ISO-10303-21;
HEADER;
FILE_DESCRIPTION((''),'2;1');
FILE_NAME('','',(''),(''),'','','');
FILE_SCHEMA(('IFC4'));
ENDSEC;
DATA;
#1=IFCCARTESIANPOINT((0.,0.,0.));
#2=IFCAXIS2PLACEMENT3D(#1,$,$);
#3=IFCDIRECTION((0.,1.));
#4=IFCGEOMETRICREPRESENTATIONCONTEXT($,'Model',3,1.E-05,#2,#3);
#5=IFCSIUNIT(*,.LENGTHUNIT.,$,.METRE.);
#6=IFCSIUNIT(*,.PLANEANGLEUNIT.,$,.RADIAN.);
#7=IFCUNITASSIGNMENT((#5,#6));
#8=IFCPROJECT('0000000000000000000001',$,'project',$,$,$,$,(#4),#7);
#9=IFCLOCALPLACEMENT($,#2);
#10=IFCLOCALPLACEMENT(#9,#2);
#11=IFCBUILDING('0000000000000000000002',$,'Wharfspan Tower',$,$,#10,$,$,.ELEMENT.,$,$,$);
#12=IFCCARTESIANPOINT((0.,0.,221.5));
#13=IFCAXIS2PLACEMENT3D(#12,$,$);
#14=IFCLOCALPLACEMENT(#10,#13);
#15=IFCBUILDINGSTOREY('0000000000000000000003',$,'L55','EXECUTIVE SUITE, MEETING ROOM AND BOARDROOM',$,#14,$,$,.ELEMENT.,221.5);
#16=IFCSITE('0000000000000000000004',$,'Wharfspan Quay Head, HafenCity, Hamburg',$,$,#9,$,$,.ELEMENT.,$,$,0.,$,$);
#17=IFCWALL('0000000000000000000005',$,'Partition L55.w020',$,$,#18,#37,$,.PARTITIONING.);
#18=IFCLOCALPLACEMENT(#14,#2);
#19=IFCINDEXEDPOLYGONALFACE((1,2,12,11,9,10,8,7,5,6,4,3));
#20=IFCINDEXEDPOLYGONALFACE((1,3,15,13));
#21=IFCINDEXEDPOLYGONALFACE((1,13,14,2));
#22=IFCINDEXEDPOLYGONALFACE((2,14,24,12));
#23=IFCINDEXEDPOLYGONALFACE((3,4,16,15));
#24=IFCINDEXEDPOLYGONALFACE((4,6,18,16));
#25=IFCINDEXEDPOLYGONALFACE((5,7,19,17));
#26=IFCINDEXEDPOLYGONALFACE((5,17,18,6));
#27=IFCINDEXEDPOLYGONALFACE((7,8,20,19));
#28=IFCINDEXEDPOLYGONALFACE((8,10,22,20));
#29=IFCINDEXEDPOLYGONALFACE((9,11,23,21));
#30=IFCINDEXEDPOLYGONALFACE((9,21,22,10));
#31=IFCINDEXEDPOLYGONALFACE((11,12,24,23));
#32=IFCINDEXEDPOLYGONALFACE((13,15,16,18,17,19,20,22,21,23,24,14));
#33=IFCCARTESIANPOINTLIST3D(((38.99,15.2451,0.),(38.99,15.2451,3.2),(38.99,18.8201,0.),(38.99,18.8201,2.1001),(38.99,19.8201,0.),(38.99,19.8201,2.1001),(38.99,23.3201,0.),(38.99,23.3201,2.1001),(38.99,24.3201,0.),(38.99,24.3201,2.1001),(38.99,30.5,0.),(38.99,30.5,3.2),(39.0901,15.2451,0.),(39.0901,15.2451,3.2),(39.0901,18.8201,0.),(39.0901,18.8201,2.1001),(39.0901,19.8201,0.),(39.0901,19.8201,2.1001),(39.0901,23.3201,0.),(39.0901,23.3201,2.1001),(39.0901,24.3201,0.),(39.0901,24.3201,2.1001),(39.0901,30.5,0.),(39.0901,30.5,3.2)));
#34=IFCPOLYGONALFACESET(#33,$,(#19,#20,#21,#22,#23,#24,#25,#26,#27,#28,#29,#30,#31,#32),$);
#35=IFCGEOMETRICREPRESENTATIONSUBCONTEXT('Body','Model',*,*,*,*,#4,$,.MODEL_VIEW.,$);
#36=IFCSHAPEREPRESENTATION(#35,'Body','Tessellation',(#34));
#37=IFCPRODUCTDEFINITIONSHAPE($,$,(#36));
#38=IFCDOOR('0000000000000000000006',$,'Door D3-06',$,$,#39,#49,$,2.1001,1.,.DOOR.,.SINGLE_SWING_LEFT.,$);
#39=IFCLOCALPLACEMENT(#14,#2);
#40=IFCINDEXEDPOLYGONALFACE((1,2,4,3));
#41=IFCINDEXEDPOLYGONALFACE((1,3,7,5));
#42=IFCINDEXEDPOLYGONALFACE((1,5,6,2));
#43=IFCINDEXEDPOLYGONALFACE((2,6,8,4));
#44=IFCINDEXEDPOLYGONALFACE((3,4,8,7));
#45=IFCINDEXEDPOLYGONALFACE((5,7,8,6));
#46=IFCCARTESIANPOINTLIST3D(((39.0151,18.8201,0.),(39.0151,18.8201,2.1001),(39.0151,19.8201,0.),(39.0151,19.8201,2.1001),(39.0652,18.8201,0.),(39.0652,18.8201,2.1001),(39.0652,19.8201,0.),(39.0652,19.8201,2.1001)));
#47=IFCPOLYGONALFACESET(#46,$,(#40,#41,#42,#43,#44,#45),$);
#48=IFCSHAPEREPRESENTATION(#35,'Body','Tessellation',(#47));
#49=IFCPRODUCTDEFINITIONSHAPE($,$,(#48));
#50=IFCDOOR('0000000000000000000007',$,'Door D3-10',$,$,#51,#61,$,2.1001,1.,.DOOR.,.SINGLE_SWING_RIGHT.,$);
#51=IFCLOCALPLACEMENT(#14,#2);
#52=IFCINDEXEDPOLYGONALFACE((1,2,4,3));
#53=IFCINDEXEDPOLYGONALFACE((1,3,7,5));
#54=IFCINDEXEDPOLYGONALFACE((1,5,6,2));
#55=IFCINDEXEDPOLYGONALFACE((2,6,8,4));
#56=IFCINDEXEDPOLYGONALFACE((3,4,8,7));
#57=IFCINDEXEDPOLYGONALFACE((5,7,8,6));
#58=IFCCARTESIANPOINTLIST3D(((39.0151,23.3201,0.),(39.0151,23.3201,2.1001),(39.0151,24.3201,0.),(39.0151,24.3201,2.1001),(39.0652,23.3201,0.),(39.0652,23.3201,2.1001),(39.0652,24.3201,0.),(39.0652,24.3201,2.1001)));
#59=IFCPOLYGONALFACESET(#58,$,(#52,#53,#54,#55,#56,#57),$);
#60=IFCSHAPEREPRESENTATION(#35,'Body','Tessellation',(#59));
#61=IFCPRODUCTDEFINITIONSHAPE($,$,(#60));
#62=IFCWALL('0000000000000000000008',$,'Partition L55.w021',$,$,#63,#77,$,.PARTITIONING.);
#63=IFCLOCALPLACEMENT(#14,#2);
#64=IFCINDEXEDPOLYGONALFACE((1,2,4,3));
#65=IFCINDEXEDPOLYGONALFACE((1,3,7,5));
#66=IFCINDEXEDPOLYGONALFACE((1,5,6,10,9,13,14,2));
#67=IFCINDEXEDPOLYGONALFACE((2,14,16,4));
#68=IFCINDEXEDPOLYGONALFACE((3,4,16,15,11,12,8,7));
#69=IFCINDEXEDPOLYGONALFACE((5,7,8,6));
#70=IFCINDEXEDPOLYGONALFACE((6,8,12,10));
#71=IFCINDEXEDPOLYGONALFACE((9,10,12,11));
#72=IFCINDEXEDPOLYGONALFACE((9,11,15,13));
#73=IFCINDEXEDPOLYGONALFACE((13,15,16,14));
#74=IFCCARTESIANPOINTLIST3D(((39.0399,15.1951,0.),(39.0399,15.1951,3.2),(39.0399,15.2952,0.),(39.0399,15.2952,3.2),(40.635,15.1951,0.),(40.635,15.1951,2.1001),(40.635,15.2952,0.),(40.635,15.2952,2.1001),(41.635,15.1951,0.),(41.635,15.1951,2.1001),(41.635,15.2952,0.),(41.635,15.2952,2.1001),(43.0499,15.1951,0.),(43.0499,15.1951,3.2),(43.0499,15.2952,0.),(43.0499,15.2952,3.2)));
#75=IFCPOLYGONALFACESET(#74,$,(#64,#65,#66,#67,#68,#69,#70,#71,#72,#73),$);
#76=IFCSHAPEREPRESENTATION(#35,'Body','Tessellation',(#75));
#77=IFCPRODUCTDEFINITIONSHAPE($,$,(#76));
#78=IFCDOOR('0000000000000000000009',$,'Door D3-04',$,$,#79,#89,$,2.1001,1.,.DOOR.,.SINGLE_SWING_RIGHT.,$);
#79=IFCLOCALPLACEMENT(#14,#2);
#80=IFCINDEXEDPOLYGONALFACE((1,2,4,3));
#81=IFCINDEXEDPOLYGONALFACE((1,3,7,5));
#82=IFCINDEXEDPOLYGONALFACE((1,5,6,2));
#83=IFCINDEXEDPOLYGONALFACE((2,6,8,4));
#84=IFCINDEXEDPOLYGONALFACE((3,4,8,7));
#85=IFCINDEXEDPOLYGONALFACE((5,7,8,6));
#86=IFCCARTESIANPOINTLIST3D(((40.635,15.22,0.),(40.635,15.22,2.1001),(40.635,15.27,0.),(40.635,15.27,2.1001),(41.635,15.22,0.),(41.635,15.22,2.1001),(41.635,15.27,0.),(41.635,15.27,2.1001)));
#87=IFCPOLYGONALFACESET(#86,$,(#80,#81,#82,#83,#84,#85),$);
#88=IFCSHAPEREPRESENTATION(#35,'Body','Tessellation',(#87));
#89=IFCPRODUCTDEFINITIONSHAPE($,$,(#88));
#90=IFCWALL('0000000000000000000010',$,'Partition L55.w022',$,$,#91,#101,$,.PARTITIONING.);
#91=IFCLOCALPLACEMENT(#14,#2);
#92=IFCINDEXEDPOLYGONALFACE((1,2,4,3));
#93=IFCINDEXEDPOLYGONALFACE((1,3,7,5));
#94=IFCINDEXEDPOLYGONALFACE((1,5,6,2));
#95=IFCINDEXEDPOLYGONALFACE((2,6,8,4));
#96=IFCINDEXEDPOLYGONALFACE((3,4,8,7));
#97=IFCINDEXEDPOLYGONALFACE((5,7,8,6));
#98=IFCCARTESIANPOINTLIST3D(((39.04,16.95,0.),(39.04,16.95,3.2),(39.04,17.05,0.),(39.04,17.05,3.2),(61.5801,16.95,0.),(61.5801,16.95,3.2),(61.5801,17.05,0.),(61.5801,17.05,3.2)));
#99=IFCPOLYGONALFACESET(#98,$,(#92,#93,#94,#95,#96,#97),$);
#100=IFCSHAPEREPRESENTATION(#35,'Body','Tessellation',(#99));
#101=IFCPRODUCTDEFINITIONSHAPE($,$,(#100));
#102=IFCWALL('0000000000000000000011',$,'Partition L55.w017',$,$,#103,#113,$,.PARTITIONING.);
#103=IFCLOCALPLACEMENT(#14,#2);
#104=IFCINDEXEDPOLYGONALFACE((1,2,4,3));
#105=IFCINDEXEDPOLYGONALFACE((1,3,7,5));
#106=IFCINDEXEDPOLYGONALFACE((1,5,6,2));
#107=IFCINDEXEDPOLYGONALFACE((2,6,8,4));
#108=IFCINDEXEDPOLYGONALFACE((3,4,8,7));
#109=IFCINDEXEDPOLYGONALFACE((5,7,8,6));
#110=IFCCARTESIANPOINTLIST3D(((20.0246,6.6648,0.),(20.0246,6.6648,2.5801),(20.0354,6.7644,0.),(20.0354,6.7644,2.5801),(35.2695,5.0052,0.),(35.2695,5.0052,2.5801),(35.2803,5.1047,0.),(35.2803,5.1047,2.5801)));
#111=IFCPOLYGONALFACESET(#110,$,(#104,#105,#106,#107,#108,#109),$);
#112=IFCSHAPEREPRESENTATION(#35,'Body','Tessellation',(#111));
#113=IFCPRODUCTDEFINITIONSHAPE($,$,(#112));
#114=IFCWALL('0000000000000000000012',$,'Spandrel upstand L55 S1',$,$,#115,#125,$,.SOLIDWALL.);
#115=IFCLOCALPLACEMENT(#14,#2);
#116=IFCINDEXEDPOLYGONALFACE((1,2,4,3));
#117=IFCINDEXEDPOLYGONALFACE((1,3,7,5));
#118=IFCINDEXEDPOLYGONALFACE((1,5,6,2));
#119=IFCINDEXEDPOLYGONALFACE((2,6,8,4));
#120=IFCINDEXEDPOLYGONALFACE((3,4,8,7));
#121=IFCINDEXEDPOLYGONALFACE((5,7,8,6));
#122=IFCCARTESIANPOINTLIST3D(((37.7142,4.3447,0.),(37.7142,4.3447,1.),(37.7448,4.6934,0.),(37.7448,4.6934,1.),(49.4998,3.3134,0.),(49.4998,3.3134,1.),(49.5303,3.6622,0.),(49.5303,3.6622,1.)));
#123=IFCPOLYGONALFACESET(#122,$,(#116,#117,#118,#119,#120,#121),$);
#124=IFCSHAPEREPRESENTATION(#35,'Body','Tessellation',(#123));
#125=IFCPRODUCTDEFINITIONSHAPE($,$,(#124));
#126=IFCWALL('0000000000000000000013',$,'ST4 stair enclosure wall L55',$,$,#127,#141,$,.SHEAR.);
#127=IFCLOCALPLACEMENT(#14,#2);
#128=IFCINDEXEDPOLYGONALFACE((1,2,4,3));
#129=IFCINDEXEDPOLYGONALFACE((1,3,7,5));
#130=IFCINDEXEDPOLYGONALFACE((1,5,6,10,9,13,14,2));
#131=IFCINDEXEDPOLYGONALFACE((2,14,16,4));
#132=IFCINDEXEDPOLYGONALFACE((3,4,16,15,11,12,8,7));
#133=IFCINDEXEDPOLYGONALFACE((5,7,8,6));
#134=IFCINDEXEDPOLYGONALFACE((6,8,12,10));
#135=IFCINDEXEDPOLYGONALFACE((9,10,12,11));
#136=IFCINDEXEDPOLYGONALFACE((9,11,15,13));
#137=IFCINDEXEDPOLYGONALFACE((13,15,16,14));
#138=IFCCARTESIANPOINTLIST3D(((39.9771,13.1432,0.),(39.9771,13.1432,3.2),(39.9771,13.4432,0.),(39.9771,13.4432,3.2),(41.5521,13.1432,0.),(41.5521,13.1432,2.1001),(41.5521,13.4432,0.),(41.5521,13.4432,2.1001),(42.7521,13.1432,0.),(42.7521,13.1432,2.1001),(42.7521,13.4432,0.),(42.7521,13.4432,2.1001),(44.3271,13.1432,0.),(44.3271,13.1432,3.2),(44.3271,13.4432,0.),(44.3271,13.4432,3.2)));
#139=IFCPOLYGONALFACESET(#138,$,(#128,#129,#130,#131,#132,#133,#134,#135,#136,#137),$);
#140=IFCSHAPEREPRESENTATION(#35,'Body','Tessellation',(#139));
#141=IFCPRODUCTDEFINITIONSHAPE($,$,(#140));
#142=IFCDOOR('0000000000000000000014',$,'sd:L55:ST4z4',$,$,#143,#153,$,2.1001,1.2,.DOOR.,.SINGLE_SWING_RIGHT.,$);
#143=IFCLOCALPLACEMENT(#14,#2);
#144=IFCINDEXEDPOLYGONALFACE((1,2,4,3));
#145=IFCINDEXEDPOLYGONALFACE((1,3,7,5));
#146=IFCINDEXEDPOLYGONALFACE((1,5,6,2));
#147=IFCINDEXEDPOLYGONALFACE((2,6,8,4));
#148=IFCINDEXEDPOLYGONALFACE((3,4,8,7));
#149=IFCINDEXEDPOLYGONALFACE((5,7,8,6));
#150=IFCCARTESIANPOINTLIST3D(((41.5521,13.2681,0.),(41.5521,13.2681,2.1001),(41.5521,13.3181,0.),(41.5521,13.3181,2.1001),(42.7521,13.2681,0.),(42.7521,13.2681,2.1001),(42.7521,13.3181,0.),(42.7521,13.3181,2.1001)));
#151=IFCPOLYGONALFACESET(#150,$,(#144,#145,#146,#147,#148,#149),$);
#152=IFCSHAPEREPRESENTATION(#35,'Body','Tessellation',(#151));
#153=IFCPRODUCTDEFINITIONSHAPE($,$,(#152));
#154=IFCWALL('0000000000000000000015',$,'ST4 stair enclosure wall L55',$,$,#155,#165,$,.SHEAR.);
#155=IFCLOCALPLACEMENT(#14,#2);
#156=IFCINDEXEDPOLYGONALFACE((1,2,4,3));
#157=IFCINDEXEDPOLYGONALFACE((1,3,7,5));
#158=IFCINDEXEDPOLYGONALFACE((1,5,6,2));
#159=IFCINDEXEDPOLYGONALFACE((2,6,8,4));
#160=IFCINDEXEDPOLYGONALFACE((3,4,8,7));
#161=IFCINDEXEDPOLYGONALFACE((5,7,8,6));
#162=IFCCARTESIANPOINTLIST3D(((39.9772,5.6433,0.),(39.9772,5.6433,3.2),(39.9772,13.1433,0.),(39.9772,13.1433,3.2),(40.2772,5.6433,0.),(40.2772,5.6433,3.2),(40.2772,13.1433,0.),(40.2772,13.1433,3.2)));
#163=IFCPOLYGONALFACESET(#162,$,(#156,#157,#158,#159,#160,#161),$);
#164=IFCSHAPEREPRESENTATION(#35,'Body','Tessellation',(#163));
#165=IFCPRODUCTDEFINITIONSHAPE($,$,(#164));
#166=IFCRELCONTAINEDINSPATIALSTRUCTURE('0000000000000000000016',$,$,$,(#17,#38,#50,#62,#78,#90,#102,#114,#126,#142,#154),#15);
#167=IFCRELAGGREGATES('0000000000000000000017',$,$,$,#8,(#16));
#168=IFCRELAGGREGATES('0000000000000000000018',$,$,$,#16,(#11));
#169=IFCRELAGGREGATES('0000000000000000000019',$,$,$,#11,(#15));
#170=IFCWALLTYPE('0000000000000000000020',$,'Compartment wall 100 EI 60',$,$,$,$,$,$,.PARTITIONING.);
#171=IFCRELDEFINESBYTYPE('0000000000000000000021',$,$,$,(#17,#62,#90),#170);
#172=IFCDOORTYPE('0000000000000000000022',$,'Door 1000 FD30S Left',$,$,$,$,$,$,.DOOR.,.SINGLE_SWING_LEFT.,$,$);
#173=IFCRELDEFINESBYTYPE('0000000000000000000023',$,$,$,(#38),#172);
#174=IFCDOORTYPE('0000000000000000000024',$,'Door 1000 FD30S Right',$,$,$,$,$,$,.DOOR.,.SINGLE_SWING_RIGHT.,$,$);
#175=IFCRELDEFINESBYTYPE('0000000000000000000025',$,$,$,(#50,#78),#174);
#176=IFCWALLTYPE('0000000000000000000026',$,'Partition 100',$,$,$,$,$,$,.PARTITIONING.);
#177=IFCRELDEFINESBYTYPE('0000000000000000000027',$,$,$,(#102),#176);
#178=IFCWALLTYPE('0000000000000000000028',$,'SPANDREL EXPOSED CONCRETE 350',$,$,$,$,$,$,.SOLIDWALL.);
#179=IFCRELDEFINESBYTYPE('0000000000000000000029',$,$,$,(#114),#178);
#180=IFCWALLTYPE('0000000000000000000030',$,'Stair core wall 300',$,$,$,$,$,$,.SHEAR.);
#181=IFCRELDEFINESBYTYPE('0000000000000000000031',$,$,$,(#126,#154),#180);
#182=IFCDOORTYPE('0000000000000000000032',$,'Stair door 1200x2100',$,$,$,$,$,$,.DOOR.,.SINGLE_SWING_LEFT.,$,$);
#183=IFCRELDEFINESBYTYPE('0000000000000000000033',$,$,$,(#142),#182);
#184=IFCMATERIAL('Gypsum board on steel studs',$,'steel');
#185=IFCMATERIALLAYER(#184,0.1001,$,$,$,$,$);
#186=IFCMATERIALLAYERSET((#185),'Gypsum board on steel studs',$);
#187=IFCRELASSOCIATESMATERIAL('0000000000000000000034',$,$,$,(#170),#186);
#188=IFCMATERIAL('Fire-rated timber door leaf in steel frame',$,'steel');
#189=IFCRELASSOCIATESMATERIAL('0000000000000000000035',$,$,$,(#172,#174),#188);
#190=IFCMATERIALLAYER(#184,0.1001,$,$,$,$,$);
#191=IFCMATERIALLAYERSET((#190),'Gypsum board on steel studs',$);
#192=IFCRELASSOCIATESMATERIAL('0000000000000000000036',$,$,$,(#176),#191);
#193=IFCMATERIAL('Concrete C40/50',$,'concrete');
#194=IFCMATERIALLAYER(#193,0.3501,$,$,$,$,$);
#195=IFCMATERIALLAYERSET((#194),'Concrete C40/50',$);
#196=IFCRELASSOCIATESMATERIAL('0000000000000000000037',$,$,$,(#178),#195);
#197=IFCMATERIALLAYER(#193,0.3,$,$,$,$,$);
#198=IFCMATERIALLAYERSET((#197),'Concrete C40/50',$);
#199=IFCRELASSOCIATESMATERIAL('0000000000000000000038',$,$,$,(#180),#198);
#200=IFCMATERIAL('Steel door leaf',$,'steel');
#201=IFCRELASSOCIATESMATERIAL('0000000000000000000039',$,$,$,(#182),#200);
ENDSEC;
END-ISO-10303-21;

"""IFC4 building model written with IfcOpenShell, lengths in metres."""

from ifc_helpers import new_model, si_unit, direction, frame, frame_2d, origin, place, context, subcontext, project, spatial, rectangle, extrude, material, layer, layer_set, type_object, element, fill, save


model = new_model("IFC4")

# Units and contexts
model_context = context("Model", 3, precision=1e-05, world=origin(), true_north=direction((0.0, 1.0)))
body_context = subcontext(model_context, "Body", "Model", "MODEL_VIEW")
ifc_project = project(units=[si_unit("LENGTHUNIT", "METRE"), si_unit("PLANEANGLEUNIT", "RADIAN")], contexts=[model_context])

# Site, building, storey
site_placement = place(None, origin())
site = spatial("IfcSite", under=ifc_project, at=site_placement, Name="Wharfspan Quay Head, HafenCity, Hamburg", CompositionType="ELEMENT", RefElevation=0.0)
building_placement = place(site_placement, origin())
building = spatial("IfcBuilding", under=site, at=building_placement, Name="Wharfspan Tower", CompositionType="ELEMENT")
storey_placement = place(building_placement, frame((0.0, 0.0, 221.5)))
storey = spatial("IfcBuildingStorey", under=building, at=storey_placement, Name="L55", Description="EXECUTIVE SUITE, MEETING ROOM AND BOARDROOM", CompositionType="ELEMENT", Elevation=221.5)

# Shared definitions
ifc_material_1 = material(Name="Gypsum board on steel studs", Category="steel")
ifc_layer_1 = layer(ifc_material_1, 0.1001)
ifc_layer_set_1 = layer_set([ifc_layer_1], Name="Gypsum board on steel studs")
wall_type_1 = type_object("IfcWallType", Name="Compartment wall 100 EI 60", PredefinedType="PARTITIONING", material=ifc_layer_set_1)

# Shared definitions
ifc_material_2 = material(Name="Fire-rated timber door leaf in steel frame", Category="steel")
door_type_1 = type_object("IfcDoorType", Name="Door 1000 FD30S Left", OperationType="SINGLE_SWING_LEFT", PredefinedType="DOOR", material=ifc_material_2)

# Wall, openings, doors
wall_1_placement = place(storey_placement, frame((39.04, 15.2451, 0.0), z_axis=(0.0, 0.0, 1.0), x_axis=(0.0, 1.0, 0.0)))
wall_1 = element("IfcWall", 1, at=wall_1_placement, inside=storey, type_object=wall_type_1, Name="Partition L55.w020", PredefinedType="PARTITIONING", context=body_context, shape_type="SweptSolid", body=[
    extrude(rectangle(XDim=15.2549, YDim=0.1001, at=frame_2d((7.6274, 0.0))), origin(), (0.0, 0.0, 1.0), 3.2),
])
opening_1_placement = place(wall_1_placement, frame((3.575, 0.0, 0.0)))
opening_1 = element("IfcOpeningElement", 2, at=opening_1_placement, cuts=wall_1, PredefinedType="OPENING", context=body_context, shape_type="SweptSolid", body=[
    extrude(rectangle(XDim=1.0, YDim=2.1001, at=frame_2d((0.5, 1.05))), frame((0.0, 0.0601, 0.0), z_axis=(0.0, -1.0, 0.0), x_axis=(1.0, 0.0, 0.0)), (0.0, 0.0, 1.0), 0.1201),
])
opening_2_placement = place(wall_1_placement, frame((8.075, 0.0, 0.0)))
opening_2 = element("IfcOpeningElement", 3, at=opening_2_placement, cuts=wall_1, PredefinedType="OPENING", context=body_context, shape_type="SweptSolid", body=[
    extrude(rectangle(XDim=1.0, YDim=2.1001, at=frame_2d((0.5, 1.05))), frame((0.0, 0.0601, 0.0), z_axis=(0.0, -1.0, 0.0), x_axis=(1.0, 0.0, 0.0)), (0.0, 0.0, 1.0), 0.1201),
])
door_1_placement = place(opening_1_placement, origin())
door_1 = element("IfcDoor", 4, at=door_1_placement, inside=storey, type_object=door_type_1, Name="Door D3-06", OperationType="SINGLE_SWING_LEFT", OverallHeight=2.1001, OverallWidth=1.0, PredefinedType="DOOR", context=body_context, shape_type="SweptSolid", body=[
    extrude(rectangle(XDim=1.0, YDim=2.1001, at=frame_2d((0.5, 1.05))), frame((0.0, 0.0249, 0.0), z_axis=(0.0, -1.0, 0.0), x_axis=(1.0, 0.0, 0.0)), (0.0, 0.0, 1.0), 0.05),
])
fill(opening_1, door_1)
door_type_2 = type_object("IfcDoorType", Name="Door 1000 FD30S Right", OperationType="SINGLE_SWING_RIGHT", PredefinedType="DOOR", material=ifc_material_2)
door_2_placement = place(opening_2_placement, origin())
door_2 = element("IfcDoor", 5, at=door_2_placement, inside=storey, type_object=door_type_2, Name="Door D3-10", OperationType="SINGLE_SWING_RIGHT", OverallHeight=2.1001, OverallWidth=1.0, PredefinedType="DOOR", context=body_context, shape_type="SweptSolid", body=[
    extrude(rectangle(XDim=1.0, YDim=2.1001, at=frame_2d((0.5, 1.05))), frame((0.0, 0.0249, 0.0), z_axis=(0.0, -1.0, 0.0), x_axis=(1.0, 0.0, 0.0)), (0.0, 0.0, 1.0), 0.05),
])
fill(opening_2, door_2)

# Wall, opening, door
wall_2_placement = place(storey_placement, frame((39.04, 15.2451, 0.0), z_axis=(0.0, 0.0, 1.0), x_axis=(1.0, 0.0, 0.0)))
wall_2 = element("IfcWall", 6, at=wall_2_placement, inside=storey, type_object=wall_type_1, Name="Partition L55.w021", PredefinedType="PARTITIONING", context=body_context, shape_type="SweptSolid", body=[
    extrude(rectangle(XDim=4.01, YDim=0.1001, at=frame_2d((2.0049, 0.0))), origin(), (0.0, 0.0, 1.0), 3.2),
])
opening_3_placement = place(wall_2_placement, frame((1.595, 0.0, 0.0)))
opening_3 = element("IfcOpeningElement", 7, at=opening_3_placement, cuts=wall_2, PredefinedType="OPENING", context=body_context, shape_type="SweptSolid", body=[
    extrude(rectangle(XDim=1.0, YDim=2.1001, at=frame_2d((0.5, 1.05))), frame((0.0, 0.0601, 0.0), z_axis=(0.0, -1.0, 0.0), x_axis=(1.0, 0.0, 0.0)), (0.0, 0.0, 1.0), 0.1201),
])
door_3_placement = place(opening_3_placement, origin())
door_3 = element("IfcDoor", 8, at=door_3_placement, inside=storey, type_object=door_type_2, Name="Door D3-04", OperationType="SINGLE_SWING_RIGHT", OverallHeight=2.1001, OverallWidth=1.0, PredefinedType="DOOR", context=body_context, shape_type="SweptSolid", body=[
    extrude(rectangle(XDim=1.0, YDim=2.1001, at=frame_2d((0.5, 1.05))), frame((0.0, 0.0249, 0.0), z_axis=(0.0, -1.0, 0.0), x_axis=(1.0, 0.0, 0.0)), (0.0, 0.0, 1.0), 0.05),
])
fill(opening_3, door_3)

# Walls
wall_3_placement = place(storey_placement, frame((39.04, 17.0, 0.0), z_axis=(0.0, 0.0, 1.0), x_axis=(1.0, 0.0, 0.0)))
element("IfcWall", 9, at=wall_3_placement, inside=storey, type_object=wall_type_1, Name="Partition L55.w022", PredefinedType="PARTITIONING", context=body_context, shape_type="SweptSolid", body=[
    extrude(rectangle(XDim=22.54, YDim=0.1001, at=frame_2d((11.27, 0.0))), origin(), (0.0, 0.0, 1.0), 3.2),
])
ifc_layer_2 = layer(ifc_material_1, 0.1001)
ifc_layer_set_2 = layer_set([ifc_layer_2], Name="Gypsum board on steel studs")
wall_type_2 = type_object("IfcWallType", Name="Partition 100", PredefinedType="PARTITIONING", material=ifc_layer_set_2)
wall_4_placement = place(storey_placement, frame((35.2749, 5.0549, 0.0), z_axis=(0.0, 0.0, 1.0), x_axis=(-0.994128, 0.108228, 0.0)))
element("IfcWall", 10, at=wall_4_placement, inside=storey, type_object=wall_type_2, Name="Partition L55.w017", PredefinedType="PARTITIONING", context=body_context, shape_type="SweptSolid", body=[
    extrude(rectangle(XDim=15.335, YDim=0.1001, at=frame_2d((7.6675, 0.0))), origin(), (0.0, 0.0, 1.0), 2.5801),
])
ifc_material_3 = material(Name="Concrete C40/50", Category="concrete")
ifc_layer_3 = layer(ifc_material_3, 0.3501)
ifc_layer_set_3 = layer_set([ifc_layer_3], Name="Concrete C40/50")
wall_type_3 = type_object("IfcWallType", Name="SPANDREL EXPOSED CONCRETE 350", PredefinedType="SOLIDWALL", material=ifc_layer_set_3)
wall_5_placement = place(storey_placement, frame((37.7295, 4.519, 0.0), z_axis=(0.0, 0.0, 1.0), x_axis=(0.99619, -0.087167, 0.0)))
element("IfcWall", 11, at=wall_5_placement, inside=storey, type_object=wall_type_3, Name="Spandrel upstand L55 S1", PredefinedType="SOLIDWALL", context=body_context, shape_type="SweptSolid", body=[
    extrude(rectangle(XDim=11.8306, YDim=0.3501, at=frame_2d((5.9153, 0.0))), origin(), (0.0, 0.0, 1.0), 1.0),
])

# Wall, opening, door
ifc_layer_4 = layer(ifc_material_3, 0.3)
ifc_layer_set_4 = layer_set([ifc_layer_4], Name="Concrete C40/50")
wall_type_4 = type_object("IfcWallType", Name="Stair core wall 300", PredefinedType="SHEAR", material=ifc_layer_set_4)
wall_6_placement = place(storey_placement, frame((39.9771, 13.2932, 0.0), z_axis=(0.0, 0.0, 1.0), x_axis=(1.0, 0.0, 0.0)))
wall_6 = element("IfcWall", 12, at=wall_6_placement, inside=storey, type_object=wall_type_4, Name="ST4 stair enclosure wall L55", PredefinedType="SHEAR", context=body_context, shape_type="SweptSolid", body=[
    extrude(rectangle(XDim=4.3501, YDim=0.3, at=frame_2d((2.175, 0.0))), origin(), (0.0, 0.0, 1.0), 3.2),
])
opening_4_placement = place(wall_6_placement, frame((1.575, 0.0, 0.0)))
opening_4 = element("IfcOpeningElement", 13, at=opening_4_placement, cuts=wall_6, PredefinedType="OPENING", context=body_context, shape_type="SweptSolid", body=[
    extrude(rectangle(XDim=1.2, YDim=2.1001, at=frame_2d((0.6001, 1.05))), frame((0.0, 0.1599, 0.0), z_axis=(0.0, -1.0, 0.0), x_axis=(1.0, 0.0, 0.0)), (0.0, 0.0, 1.0), 0.3201),
])
ifc_material_4 = material(Name="Steel door leaf", Category="steel")
door_type_3 = type_object("IfcDoorType", Name="Stair door 1200x2100", OperationType="SINGLE_SWING_LEFT", PredefinedType="DOOR", material=ifc_material_4)
door_4_placement = place(opening_4_placement, origin())
door_4 = element("IfcDoor", 14, at=door_4_placement, inside=storey, type_object=door_type_3, Name="sd:L55:ST4z4", OperationType="SINGLE_SWING_RIGHT", OverallHeight=2.1001, OverallWidth=1.2, PredefinedType="DOOR", context=body_context, shape_type="SweptSolid", body=[
    extrude(rectangle(XDim=1.2, YDim=2.1001, at=frame_2d((0.6001, 1.05))), frame((0.0, 0.0249, 0.0), z_axis=(0.0, -1.0, 0.0), x_axis=(1.0, 0.0, 0.0)), (0.0, 0.0, 1.0), 0.05),
])
fill(opening_4, door_4)

# Wall
wall_7_placement = place(storey_placement, frame((40.1272, 5.6433, 0.0), z_axis=(0.0, 0.0, 1.0), x_axis=(0.0, 1.0, 0.0)))
element("IfcWall", 15, at=wall_7_placement, inside=storey, type_object=wall_type_4, Name="ST4 stair enclosure wall L55", PredefinedType="SHEAR", context=body_context, shape_type="SweptSolid", body=[
    extrude(rectangle(XDim=7.5, YDim=0.3, at=frame_2d((3.75, 0.0))), origin(), (0.0, 0.0, 1.0), 3.2),
])

save(model, "model.ifc")
